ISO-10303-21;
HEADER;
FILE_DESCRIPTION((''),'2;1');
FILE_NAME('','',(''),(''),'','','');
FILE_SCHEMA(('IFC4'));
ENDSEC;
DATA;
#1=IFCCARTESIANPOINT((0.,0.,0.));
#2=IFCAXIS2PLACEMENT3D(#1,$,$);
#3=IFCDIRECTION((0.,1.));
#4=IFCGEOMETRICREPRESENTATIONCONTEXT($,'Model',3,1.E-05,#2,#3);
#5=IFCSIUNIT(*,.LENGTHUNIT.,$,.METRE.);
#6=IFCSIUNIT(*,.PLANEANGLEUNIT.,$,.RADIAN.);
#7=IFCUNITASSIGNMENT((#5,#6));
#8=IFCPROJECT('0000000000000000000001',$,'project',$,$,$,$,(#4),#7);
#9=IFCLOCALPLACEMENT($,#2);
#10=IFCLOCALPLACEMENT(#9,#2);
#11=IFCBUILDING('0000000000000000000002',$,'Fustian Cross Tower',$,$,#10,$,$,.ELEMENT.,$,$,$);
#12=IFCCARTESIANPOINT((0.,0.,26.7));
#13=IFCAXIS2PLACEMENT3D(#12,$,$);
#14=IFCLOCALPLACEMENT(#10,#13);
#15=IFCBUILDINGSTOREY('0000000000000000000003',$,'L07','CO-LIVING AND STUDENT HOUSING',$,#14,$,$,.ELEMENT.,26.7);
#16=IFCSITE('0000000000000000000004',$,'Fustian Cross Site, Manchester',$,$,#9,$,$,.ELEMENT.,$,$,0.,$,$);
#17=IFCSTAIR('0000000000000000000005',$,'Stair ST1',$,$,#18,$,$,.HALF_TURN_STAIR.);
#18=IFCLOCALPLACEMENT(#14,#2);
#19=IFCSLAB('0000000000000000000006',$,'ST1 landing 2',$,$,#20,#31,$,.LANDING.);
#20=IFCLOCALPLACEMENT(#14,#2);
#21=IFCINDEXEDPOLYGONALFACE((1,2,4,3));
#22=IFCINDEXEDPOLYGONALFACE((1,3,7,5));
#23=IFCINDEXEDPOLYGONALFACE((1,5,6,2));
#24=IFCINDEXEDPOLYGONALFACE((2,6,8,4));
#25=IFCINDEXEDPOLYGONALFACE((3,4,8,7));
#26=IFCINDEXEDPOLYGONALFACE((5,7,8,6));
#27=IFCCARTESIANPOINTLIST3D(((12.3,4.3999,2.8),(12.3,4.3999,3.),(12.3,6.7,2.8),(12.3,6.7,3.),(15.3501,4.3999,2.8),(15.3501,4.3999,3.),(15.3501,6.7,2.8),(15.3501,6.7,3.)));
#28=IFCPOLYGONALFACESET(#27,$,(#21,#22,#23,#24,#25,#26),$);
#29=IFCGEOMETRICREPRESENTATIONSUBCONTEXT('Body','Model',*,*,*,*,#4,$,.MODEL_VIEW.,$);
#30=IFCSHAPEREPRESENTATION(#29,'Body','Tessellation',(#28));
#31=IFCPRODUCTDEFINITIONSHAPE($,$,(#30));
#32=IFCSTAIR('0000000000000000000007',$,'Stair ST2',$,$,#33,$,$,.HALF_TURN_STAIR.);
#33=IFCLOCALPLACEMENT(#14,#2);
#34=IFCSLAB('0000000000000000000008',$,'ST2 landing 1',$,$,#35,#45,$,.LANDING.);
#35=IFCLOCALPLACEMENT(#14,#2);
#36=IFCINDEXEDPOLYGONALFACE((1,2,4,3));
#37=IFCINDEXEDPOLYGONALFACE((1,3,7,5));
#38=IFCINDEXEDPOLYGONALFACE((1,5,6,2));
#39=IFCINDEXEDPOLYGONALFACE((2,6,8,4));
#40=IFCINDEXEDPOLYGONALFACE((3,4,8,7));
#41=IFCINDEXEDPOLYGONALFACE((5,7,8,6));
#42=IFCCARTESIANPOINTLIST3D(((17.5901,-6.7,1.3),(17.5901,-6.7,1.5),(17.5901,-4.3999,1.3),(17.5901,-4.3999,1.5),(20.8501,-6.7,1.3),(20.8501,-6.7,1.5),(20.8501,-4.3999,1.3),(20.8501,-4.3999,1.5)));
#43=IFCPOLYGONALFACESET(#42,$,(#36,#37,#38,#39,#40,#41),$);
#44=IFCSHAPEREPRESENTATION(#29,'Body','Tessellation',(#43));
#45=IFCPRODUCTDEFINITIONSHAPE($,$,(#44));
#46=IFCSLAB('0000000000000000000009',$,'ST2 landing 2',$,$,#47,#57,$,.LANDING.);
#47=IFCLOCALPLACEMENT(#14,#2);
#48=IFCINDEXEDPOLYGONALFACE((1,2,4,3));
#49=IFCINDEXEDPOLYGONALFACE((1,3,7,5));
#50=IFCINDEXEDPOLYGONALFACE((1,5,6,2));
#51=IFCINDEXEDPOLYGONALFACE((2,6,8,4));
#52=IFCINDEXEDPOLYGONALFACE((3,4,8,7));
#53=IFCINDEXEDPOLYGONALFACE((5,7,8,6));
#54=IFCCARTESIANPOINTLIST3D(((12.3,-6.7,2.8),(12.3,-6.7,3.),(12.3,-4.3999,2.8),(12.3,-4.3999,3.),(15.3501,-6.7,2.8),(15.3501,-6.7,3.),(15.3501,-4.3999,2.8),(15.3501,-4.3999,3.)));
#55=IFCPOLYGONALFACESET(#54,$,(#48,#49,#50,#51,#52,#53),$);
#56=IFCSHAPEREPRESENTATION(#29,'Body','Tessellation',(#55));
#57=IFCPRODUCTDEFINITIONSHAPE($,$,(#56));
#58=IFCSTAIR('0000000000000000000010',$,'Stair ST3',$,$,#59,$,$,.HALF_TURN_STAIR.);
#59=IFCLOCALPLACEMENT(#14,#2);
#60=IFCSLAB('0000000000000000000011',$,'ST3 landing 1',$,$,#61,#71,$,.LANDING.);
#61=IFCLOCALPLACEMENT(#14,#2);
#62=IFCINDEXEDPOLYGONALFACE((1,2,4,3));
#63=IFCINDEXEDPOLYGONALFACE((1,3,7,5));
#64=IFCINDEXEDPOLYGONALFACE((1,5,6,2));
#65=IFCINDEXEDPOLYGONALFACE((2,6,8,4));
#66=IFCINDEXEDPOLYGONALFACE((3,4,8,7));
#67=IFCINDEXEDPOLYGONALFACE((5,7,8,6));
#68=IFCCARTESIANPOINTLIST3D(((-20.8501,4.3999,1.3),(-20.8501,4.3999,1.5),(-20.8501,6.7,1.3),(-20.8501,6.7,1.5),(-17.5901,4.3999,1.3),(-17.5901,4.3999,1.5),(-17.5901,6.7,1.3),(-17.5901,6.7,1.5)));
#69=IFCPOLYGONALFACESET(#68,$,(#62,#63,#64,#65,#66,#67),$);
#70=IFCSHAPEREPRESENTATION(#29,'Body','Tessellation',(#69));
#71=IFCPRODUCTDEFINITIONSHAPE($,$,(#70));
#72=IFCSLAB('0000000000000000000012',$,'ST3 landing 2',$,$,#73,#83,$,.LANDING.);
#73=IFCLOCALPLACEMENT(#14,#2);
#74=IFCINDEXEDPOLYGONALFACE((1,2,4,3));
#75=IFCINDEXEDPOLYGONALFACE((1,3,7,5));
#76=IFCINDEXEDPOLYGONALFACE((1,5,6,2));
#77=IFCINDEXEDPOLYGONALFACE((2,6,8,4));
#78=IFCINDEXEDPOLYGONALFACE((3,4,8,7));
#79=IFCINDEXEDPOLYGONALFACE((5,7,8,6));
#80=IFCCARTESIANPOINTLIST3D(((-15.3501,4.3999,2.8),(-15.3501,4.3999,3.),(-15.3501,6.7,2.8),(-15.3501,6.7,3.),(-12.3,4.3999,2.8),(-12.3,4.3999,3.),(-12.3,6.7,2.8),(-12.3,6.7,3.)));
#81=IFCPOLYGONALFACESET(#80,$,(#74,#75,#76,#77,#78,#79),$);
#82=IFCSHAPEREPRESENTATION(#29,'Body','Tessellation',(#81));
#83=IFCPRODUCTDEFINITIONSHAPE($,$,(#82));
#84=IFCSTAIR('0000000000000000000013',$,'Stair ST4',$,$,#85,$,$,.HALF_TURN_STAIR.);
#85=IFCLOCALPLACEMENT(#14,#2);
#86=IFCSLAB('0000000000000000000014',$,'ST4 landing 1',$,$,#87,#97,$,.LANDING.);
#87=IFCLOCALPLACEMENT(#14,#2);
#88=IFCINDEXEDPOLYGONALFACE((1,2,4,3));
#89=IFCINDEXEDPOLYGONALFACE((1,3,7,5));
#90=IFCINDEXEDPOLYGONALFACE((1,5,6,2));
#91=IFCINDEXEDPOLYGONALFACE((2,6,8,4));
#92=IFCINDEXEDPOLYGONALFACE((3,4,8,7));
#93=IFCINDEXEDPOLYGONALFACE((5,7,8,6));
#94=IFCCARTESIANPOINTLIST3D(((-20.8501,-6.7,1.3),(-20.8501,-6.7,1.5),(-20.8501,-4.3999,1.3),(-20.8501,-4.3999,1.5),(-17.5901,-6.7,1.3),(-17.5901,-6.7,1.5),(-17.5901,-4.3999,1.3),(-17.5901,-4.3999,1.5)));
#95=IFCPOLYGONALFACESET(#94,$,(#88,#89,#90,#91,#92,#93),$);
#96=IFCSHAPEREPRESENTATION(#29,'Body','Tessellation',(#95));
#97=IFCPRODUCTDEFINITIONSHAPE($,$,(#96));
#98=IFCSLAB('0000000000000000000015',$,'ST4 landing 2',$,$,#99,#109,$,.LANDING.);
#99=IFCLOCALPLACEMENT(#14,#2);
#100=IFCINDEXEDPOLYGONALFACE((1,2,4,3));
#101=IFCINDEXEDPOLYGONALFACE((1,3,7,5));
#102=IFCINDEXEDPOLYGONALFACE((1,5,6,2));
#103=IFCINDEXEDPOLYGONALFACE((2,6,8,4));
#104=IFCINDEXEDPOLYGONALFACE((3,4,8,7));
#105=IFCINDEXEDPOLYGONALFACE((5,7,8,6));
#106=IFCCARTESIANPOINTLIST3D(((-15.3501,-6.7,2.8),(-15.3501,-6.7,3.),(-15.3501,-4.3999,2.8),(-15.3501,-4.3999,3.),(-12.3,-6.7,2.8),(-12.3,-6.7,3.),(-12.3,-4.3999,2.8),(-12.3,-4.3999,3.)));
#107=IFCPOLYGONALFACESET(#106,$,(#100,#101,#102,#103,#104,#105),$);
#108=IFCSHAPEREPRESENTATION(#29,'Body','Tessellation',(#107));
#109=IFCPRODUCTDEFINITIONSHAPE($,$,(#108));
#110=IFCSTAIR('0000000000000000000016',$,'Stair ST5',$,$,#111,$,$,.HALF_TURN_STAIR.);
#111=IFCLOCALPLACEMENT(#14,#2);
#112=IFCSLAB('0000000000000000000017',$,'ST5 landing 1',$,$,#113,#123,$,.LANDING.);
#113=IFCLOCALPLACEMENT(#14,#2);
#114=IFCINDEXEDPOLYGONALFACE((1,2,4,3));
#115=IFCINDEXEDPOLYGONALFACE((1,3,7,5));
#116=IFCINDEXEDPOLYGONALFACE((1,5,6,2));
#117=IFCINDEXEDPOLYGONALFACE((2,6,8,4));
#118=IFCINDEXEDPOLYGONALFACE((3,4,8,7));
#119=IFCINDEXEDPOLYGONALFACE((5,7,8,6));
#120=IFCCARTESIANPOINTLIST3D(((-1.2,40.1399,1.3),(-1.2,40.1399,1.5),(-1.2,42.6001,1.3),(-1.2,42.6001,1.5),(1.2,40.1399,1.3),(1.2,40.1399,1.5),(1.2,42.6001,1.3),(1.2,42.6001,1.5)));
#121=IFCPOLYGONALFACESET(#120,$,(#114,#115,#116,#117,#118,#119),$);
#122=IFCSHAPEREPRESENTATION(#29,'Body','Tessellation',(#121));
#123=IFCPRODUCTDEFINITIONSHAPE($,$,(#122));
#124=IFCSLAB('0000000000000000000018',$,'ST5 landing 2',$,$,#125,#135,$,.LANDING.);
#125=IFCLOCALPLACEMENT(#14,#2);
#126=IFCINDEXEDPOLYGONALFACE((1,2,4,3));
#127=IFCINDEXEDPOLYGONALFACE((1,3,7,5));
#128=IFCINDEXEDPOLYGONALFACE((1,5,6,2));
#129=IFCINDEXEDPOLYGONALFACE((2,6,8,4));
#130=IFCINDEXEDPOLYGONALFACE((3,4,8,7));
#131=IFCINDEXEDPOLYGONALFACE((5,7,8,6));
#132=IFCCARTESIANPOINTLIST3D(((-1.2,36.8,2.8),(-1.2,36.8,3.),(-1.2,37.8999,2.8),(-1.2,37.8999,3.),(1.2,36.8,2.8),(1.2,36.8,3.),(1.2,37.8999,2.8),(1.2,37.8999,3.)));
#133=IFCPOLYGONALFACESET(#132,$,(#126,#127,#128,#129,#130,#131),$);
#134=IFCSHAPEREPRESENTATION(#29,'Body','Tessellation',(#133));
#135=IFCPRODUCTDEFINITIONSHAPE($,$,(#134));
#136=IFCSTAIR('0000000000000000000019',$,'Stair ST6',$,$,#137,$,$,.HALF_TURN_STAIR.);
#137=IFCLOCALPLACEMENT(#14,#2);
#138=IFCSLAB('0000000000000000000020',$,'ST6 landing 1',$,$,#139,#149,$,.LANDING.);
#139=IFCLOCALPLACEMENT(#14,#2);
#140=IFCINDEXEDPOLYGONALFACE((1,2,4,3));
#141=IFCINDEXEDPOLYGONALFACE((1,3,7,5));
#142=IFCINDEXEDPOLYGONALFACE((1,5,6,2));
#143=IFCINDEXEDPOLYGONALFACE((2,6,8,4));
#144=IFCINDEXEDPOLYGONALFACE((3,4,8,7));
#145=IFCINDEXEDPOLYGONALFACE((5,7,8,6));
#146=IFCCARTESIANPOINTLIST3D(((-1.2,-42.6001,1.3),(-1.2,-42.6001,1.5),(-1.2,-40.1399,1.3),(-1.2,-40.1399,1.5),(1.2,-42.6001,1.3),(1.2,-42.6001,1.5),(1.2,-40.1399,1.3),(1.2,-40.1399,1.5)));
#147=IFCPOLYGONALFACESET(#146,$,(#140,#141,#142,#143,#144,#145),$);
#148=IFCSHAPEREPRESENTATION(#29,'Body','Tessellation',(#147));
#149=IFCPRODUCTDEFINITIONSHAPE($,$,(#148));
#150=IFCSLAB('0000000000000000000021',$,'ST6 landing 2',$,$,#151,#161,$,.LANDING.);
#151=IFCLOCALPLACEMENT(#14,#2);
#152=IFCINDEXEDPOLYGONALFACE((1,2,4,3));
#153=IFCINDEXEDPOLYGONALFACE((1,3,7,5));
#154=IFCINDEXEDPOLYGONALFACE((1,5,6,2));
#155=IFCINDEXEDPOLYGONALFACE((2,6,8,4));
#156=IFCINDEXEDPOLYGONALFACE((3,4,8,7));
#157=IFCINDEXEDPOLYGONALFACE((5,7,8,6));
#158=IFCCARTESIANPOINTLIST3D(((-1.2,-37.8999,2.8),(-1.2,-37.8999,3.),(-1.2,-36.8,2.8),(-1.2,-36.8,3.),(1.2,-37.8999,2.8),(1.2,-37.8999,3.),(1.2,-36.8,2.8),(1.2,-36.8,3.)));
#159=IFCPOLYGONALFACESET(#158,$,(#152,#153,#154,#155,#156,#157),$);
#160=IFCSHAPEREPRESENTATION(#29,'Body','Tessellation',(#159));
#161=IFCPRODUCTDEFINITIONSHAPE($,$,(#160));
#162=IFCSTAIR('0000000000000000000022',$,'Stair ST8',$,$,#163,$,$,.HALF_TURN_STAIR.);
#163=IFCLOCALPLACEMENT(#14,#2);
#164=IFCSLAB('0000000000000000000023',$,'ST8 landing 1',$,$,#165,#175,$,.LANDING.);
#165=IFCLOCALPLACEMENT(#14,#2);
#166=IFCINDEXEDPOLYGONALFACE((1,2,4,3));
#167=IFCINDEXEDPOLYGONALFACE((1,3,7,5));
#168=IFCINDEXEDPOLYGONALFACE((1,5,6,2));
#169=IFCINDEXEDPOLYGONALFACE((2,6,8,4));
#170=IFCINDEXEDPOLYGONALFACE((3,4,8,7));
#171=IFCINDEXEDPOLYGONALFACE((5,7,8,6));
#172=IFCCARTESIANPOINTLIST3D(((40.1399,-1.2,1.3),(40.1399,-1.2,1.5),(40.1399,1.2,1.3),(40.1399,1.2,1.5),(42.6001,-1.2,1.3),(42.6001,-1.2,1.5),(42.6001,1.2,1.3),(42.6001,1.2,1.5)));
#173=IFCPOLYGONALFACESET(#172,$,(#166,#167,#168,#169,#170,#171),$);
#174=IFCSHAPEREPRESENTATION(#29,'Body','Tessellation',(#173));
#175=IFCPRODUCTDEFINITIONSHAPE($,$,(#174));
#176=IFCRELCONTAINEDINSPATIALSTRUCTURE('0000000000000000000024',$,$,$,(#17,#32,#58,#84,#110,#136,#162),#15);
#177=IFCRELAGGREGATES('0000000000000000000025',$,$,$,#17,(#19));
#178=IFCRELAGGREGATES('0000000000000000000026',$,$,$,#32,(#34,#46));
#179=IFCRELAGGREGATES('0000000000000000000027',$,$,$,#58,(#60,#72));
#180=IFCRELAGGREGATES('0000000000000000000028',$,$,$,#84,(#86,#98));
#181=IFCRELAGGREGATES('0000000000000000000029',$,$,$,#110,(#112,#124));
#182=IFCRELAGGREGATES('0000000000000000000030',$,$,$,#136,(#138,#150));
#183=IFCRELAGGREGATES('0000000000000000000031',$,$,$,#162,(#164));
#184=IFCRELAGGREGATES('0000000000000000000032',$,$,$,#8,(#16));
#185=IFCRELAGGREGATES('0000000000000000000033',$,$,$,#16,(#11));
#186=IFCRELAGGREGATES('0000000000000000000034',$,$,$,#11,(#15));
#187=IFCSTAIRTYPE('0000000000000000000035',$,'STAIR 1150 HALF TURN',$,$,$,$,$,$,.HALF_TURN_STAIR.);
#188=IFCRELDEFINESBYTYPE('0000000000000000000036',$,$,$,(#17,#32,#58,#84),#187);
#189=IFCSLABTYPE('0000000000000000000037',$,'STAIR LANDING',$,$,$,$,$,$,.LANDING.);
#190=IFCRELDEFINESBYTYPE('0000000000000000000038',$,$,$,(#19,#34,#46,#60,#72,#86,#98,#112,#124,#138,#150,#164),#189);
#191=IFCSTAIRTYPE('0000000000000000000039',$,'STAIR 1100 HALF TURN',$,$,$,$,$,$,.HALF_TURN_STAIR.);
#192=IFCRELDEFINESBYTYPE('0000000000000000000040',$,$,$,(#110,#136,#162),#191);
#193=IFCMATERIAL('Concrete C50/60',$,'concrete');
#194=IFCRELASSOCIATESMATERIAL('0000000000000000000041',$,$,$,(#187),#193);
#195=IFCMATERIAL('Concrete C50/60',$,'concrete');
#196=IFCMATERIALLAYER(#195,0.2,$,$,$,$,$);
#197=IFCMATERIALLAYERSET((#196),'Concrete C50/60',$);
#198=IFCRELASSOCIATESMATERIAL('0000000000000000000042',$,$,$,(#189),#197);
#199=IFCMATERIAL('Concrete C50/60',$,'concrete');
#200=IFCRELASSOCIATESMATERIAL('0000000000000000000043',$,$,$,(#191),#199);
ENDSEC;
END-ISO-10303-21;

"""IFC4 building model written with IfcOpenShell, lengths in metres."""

from ifc_helpers import new_model, si_unit, direction, frame, origin, place, context, subcontext, project, spatial, polyline, outline, extrude, material, layer, layer_set, type_object, element, aggregate, save


model = new_model("IFC4")

# Units and contexts
model_context = context("Model", 3, precision=1e-05, world=origin(), true_north=direction((0.0, 1.0)))
body_context = subcontext(model_context, "Body", "Model", "MODEL_VIEW")
ifc_project = project(units=[si_unit("LENGTHUNIT", "METRE"), si_unit("PLANEANGLEUNIT", "RADIAN")], contexts=[model_context])

# Site, building, storey
site_placement = place(None, origin())
site = spatial("IfcSite", under=ifc_project, at=site_placement, Name="Fustian Cross Site, Manchester", CompositionType="ELEMENT", RefElevation=0.0)
building_placement = place(site_placement, origin())
building = spatial("IfcBuilding", under=site, at=building_placement, Name="Fustian Cross Tower", CompositionType="ELEMENT")
storey_placement = place(building_placement, frame((0.0, 0.0, 26.7)))
storey = spatial("IfcBuildingStorey", under=building, at=storey_placement, Name="L07", Description="CO-LIVING AND STUDENT HOUSING", CompositionType="ELEMENT", Elevation=26.7)

# Stair, slab
ifc_material_1 = material(Name="Concrete C50/60", Category="concrete")
stair_type_1 = type_object("IfcStairType", Name="STAIR 1150 HALF TURN", PredefinedType="HALF_TURN_STAIR", material=ifc_material_1)
stair_1_placement = place(storey_placement, origin())
stair_1 = element("IfcStair", 1, at=stair_1_placement, inside=storey, type_object=stair_type_1, Name="Stair ST1", PredefinedType="HALF_TURN_STAIR")
ifc_material_2 = material(Name="Concrete C50/60", Category="concrete")
ifc_layer = layer(ifc_material_2, 0.2)
ifc_layer_set = layer_set([ifc_layer], Name="Concrete C50/60")
slab_type = type_object("IfcSlabType", Name="STAIR LANDING", PredefinedType="LANDING", material=ifc_layer_set)
slab_1_placement = place(storey_placement, frame((0.0, 0.0, 2.8)))
slab_1 = element("IfcSlab", 2, at=slab_1_placement, type_object=slab_type, Name="ST1 landing 2", PredefinedType="LANDING", context=body_context, shape_type="SweptSolid", body=[
    extrude(outline(polyline([(12.3, 4.3999), (15.3501, 4.3999), (15.3501, 6.7), (12.3, 6.7), (12.3, 4.3999)])), origin(), (0.0, 0.0, 1.0), 0.2),
])
aggregate(stair_1, [slab_1])

# Stairs, slabs
stair_2_placement = place(storey_placement, origin())
stair_2 = element("IfcStair", 3, at=stair_2_placement, inside=storey, type_object=stair_type_1, Name="Stair ST2", PredefinedType="HALF_TURN_STAIR")
slab_2_placement = place(storey_placement, frame((0.0, 0.0, 1.3)))
slab_2 = element("IfcSlab", 4, at=slab_2_placement, type_object=slab_type, Name="ST2 landing 1", PredefinedType="LANDING", context=body_context, shape_type="SweptSolid", body=[
    extrude(outline(polyline([(17.5901, -4.3999), (20.8501, -4.3999), (20.8501, -6.7), (17.5901, -6.7), (17.5901, -4.3999)])), origin(), (0.0, 0.0, 1.0), 0.2),
])
slab_3_placement = place(storey_placement, frame((0.0, 0.0, 2.8)))
slab_3 = element("IfcSlab", 5, at=slab_3_placement, type_object=slab_type, Name="ST2 landing 2", PredefinedType="LANDING", context=body_context, shape_type="SweptSolid", body=[
    extrude(outline(polyline([(12.3, -4.3999), (15.3501, -4.3999), (15.3501, -6.7), (12.3, -6.7), (12.3, -4.3999)])), origin(), (0.0, 0.0, 1.0), 0.2),
])
aggregate(stair_2, [slab_2, slab_3])
stair_3_placement = place(storey_placement, origin())
stair_3 = element("IfcStair", 6, at=stair_3_placement, inside=storey, type_object=stair_type_1, Name="Stair ST3", PredefinedType="HALF_TURN_STAIR")
slab_4_placement = place(storey_placement, frame((0.0, 0.0, 1.3)))
slab_4 = element("IfcSlab", 7, at=slab_4_placement, type_object=slab_type, Name="ST3 landing 1", PredefinedType="LANDING", context=body_context, shape_type="SweptSolid", body=[
    extrude(outline(polyline([(-17.5901, 4.3999), (-20.8501, 4.3999), (-20.8501, 6.7), (-17.5901, 6.7), (-17.5901, 4.3999)])), origin(), (0.0, 0.0, 1.0), 0.2),
])
slab_5_placement = place(storey_placement, frame((0.0, 0.0, 2.8)))
slab_5 = element("IfcSlab", 8, at=slab_5_placement, type_object=slab_type, Name="ST3 landing 2", PredefinedType="LANDING", context=body_context, shape_type="SweptSolid", body=[
    extrude(outline(polyline([(-12.3, 4.3999), (-15.3501, 4.3999), (-15.3501, 6.7), (-12.3, 6.7), (-12.3, 4.3999)])), origin(), (0.0, 0.0, 1.0), 0.2),
])
aggregate(stair_3, [slab_4, slab_5])
stair_4_placement = place(storey_placement, origin())
stair_4 = element("IfcStair", 9, at=stair_4_placement, inside=storey, type_object=stair_type_1, Name="Stair ST4", PredefinedType="HALF_TURN_STAIR")
slab_6_placement = place(storey_placement, frame((0.0, 0.0, 1.3)))
slab_6 = element("IfcSlab", 10, at=slab_6_placement, type_object=slab_type, Name="ST4 landing 1", PredefinedType="LANDING", context=body_context, shape_type="SweptSolid", body=[
    extrude(outline(polyline([(-17.5901, -4.3999), (-20.8501, -4.3999), (-20.8501, -6.7), (-17.5901, -6.7), (-17.5901, -4.3999)])), origin(), (0.0, 0.0, 1.0), 0.2),
])
slab_7_placement = place(storey_placement, frame((0.0, 0.0, 2.8)))
slab_7 = element("IfcSlab", 11, at=slab_7_placement, type_object=slab_type, Name="ST4 landing 2", PredefinedType="LANDING", context=body_context, shape_type="SweptSolid", body=[
    extrude(outline(polyline([(-12.3, -4.3999), (-15.3501, -4.3999), (-15.3501, -6.7), (-12.3, -6.7), (-12.3, -4.3999)])), origin(), (0.0, 0.0, 1.0), 0.2),
])
aggregate(stair_4, [slab_6, slab_7])
ifc_material_3 = material(Name="Concrete C50/60", Category="concrete")
stair_type_2 = type_object("IfcStairType", Name="STAIR 1100 HALF TURN", PredefinedType="HALF_TURN_STAIR", material=ifc_material_3)
stair_5_placement = place(storey_placement, origin())
stair_5 = element("IfcStair", 12, at=stair_5_placement, inside=storey, type_object=stair_type_2, Name="Stair ST5", PredefinedType="HALF_TURN_STAIR")
slab_8_placement = place(storey_placement, frame((0.0, 0.0, 1.3)))
slab_8 = element("IfcSlab", 13, at=slab_8_placement, type_object=slab_type, Name="ST5 landing 1", PredefinedType="LANDING", context=body_context, shape_type="SweptSolid", body=[
    extrude(outline(polyline([(-1.2, 40.1399), (-1.2, 42.6001), (1.2, 42.6001), (1.2, 40.1399), (-1.2, 40.1399)])), origin(), (0.0, 0.0, 1.0), 0.2),
])
slab_9_placement = place(storey_placement, frame((0.0, 0.0, 2.8)))
slab_9 = element("IfcSlab", 14, at=slab_9_placement, type_object=slab_type, Name="ST5 landing 2", PredefinedType="LANDING", context=body_context, shape_type="SweptSolid", body=[
    extrude(outline(polyline([(-1.2, 36.8), (-1.2, 37.8999), (1.2, 37.8999), (1.2, 36.8), (-1.2, 36.8)])), origin(), (0.0, 0.0, 1.0), 0.2),
])
aggregate(stair_5, [slab_8, slab_9])
stair_6_placement = place(storey_placement, origin())
stair_6 = element("IfcStair", 15, at=stair_6_placement, inside=storey, type_object=stair_type_2, Name="Stair ST6", PredefinedType="HALF_TURN_STAIR")
slab_10_placement = place(storey_placement, frame((0.0, 0.0, 1.3)))
slab_10 = element("IfcSlab", 16, at=slab_10_placement, type_object=slab_type, Name="ST6 landing 1", PredefinedType="LANDING", context=body_context, shape_type="SweptSolid", body=[
    extrude(outline(polyline([(-1.2, -40.1399), (-1.2, -42.6001), (1.2, -42.6001), (1.2, -40.1399), (-1.2, -40.1399)])), origin(), (0.0, 0.0, 1.0), 0.2),
])
slab_11_placement = place(storey_placement, frame((0.0, 0.0, 2.8)))
slab_11 = element("IfcSlab", 17, at=slab_11_placement, type_object=slab_type, Name="ST6 landing 2", PredefinedType="LANDING", context=body_context, shape_type="SweptSolid", body=[
    extrude(outline(polyline([(-1.2, -36.8), (-1.2, -37.8999), (1.2, -37.8999), (1.2, -36.8), (-1.2, -36.8)])), origin(), (0.0, 0.0, 1.0), 0.2),
])
aggregate(stair_6, [slab_10, slab_11])

# Stair, slab
stair_7_placement = place(storey_placement, origin())
stair_7 = element("IfcStair", 18, at=stair_7_placement, inside=storey, type_object=stair_type_2, Name="Stair ST8", PredefinedType="HALF_TURN_STAIR")
slab_12_placement = place(storey_placement, frame((0.0, 0.0, 1.3)))
slab_12 = element("IfcSlab", 19, at=slab_12_placement, type_object=slab_type, Name="ST8 landing 1", PredefinedType="LANDING", context=body_context, shape_type="SweptSolid", body=[
    extrude(outline(polyline([(40.1399, -1.2), (42.6001, -1.2), (42.6001, 1.2), (40.1399, 1.2), (40.1399, -1.2)])), origin(), (0.0, 0.0, 1.0), 0.2),
])
aggregate(stair_7, [slab_12])

save(model, "model.ifc")
